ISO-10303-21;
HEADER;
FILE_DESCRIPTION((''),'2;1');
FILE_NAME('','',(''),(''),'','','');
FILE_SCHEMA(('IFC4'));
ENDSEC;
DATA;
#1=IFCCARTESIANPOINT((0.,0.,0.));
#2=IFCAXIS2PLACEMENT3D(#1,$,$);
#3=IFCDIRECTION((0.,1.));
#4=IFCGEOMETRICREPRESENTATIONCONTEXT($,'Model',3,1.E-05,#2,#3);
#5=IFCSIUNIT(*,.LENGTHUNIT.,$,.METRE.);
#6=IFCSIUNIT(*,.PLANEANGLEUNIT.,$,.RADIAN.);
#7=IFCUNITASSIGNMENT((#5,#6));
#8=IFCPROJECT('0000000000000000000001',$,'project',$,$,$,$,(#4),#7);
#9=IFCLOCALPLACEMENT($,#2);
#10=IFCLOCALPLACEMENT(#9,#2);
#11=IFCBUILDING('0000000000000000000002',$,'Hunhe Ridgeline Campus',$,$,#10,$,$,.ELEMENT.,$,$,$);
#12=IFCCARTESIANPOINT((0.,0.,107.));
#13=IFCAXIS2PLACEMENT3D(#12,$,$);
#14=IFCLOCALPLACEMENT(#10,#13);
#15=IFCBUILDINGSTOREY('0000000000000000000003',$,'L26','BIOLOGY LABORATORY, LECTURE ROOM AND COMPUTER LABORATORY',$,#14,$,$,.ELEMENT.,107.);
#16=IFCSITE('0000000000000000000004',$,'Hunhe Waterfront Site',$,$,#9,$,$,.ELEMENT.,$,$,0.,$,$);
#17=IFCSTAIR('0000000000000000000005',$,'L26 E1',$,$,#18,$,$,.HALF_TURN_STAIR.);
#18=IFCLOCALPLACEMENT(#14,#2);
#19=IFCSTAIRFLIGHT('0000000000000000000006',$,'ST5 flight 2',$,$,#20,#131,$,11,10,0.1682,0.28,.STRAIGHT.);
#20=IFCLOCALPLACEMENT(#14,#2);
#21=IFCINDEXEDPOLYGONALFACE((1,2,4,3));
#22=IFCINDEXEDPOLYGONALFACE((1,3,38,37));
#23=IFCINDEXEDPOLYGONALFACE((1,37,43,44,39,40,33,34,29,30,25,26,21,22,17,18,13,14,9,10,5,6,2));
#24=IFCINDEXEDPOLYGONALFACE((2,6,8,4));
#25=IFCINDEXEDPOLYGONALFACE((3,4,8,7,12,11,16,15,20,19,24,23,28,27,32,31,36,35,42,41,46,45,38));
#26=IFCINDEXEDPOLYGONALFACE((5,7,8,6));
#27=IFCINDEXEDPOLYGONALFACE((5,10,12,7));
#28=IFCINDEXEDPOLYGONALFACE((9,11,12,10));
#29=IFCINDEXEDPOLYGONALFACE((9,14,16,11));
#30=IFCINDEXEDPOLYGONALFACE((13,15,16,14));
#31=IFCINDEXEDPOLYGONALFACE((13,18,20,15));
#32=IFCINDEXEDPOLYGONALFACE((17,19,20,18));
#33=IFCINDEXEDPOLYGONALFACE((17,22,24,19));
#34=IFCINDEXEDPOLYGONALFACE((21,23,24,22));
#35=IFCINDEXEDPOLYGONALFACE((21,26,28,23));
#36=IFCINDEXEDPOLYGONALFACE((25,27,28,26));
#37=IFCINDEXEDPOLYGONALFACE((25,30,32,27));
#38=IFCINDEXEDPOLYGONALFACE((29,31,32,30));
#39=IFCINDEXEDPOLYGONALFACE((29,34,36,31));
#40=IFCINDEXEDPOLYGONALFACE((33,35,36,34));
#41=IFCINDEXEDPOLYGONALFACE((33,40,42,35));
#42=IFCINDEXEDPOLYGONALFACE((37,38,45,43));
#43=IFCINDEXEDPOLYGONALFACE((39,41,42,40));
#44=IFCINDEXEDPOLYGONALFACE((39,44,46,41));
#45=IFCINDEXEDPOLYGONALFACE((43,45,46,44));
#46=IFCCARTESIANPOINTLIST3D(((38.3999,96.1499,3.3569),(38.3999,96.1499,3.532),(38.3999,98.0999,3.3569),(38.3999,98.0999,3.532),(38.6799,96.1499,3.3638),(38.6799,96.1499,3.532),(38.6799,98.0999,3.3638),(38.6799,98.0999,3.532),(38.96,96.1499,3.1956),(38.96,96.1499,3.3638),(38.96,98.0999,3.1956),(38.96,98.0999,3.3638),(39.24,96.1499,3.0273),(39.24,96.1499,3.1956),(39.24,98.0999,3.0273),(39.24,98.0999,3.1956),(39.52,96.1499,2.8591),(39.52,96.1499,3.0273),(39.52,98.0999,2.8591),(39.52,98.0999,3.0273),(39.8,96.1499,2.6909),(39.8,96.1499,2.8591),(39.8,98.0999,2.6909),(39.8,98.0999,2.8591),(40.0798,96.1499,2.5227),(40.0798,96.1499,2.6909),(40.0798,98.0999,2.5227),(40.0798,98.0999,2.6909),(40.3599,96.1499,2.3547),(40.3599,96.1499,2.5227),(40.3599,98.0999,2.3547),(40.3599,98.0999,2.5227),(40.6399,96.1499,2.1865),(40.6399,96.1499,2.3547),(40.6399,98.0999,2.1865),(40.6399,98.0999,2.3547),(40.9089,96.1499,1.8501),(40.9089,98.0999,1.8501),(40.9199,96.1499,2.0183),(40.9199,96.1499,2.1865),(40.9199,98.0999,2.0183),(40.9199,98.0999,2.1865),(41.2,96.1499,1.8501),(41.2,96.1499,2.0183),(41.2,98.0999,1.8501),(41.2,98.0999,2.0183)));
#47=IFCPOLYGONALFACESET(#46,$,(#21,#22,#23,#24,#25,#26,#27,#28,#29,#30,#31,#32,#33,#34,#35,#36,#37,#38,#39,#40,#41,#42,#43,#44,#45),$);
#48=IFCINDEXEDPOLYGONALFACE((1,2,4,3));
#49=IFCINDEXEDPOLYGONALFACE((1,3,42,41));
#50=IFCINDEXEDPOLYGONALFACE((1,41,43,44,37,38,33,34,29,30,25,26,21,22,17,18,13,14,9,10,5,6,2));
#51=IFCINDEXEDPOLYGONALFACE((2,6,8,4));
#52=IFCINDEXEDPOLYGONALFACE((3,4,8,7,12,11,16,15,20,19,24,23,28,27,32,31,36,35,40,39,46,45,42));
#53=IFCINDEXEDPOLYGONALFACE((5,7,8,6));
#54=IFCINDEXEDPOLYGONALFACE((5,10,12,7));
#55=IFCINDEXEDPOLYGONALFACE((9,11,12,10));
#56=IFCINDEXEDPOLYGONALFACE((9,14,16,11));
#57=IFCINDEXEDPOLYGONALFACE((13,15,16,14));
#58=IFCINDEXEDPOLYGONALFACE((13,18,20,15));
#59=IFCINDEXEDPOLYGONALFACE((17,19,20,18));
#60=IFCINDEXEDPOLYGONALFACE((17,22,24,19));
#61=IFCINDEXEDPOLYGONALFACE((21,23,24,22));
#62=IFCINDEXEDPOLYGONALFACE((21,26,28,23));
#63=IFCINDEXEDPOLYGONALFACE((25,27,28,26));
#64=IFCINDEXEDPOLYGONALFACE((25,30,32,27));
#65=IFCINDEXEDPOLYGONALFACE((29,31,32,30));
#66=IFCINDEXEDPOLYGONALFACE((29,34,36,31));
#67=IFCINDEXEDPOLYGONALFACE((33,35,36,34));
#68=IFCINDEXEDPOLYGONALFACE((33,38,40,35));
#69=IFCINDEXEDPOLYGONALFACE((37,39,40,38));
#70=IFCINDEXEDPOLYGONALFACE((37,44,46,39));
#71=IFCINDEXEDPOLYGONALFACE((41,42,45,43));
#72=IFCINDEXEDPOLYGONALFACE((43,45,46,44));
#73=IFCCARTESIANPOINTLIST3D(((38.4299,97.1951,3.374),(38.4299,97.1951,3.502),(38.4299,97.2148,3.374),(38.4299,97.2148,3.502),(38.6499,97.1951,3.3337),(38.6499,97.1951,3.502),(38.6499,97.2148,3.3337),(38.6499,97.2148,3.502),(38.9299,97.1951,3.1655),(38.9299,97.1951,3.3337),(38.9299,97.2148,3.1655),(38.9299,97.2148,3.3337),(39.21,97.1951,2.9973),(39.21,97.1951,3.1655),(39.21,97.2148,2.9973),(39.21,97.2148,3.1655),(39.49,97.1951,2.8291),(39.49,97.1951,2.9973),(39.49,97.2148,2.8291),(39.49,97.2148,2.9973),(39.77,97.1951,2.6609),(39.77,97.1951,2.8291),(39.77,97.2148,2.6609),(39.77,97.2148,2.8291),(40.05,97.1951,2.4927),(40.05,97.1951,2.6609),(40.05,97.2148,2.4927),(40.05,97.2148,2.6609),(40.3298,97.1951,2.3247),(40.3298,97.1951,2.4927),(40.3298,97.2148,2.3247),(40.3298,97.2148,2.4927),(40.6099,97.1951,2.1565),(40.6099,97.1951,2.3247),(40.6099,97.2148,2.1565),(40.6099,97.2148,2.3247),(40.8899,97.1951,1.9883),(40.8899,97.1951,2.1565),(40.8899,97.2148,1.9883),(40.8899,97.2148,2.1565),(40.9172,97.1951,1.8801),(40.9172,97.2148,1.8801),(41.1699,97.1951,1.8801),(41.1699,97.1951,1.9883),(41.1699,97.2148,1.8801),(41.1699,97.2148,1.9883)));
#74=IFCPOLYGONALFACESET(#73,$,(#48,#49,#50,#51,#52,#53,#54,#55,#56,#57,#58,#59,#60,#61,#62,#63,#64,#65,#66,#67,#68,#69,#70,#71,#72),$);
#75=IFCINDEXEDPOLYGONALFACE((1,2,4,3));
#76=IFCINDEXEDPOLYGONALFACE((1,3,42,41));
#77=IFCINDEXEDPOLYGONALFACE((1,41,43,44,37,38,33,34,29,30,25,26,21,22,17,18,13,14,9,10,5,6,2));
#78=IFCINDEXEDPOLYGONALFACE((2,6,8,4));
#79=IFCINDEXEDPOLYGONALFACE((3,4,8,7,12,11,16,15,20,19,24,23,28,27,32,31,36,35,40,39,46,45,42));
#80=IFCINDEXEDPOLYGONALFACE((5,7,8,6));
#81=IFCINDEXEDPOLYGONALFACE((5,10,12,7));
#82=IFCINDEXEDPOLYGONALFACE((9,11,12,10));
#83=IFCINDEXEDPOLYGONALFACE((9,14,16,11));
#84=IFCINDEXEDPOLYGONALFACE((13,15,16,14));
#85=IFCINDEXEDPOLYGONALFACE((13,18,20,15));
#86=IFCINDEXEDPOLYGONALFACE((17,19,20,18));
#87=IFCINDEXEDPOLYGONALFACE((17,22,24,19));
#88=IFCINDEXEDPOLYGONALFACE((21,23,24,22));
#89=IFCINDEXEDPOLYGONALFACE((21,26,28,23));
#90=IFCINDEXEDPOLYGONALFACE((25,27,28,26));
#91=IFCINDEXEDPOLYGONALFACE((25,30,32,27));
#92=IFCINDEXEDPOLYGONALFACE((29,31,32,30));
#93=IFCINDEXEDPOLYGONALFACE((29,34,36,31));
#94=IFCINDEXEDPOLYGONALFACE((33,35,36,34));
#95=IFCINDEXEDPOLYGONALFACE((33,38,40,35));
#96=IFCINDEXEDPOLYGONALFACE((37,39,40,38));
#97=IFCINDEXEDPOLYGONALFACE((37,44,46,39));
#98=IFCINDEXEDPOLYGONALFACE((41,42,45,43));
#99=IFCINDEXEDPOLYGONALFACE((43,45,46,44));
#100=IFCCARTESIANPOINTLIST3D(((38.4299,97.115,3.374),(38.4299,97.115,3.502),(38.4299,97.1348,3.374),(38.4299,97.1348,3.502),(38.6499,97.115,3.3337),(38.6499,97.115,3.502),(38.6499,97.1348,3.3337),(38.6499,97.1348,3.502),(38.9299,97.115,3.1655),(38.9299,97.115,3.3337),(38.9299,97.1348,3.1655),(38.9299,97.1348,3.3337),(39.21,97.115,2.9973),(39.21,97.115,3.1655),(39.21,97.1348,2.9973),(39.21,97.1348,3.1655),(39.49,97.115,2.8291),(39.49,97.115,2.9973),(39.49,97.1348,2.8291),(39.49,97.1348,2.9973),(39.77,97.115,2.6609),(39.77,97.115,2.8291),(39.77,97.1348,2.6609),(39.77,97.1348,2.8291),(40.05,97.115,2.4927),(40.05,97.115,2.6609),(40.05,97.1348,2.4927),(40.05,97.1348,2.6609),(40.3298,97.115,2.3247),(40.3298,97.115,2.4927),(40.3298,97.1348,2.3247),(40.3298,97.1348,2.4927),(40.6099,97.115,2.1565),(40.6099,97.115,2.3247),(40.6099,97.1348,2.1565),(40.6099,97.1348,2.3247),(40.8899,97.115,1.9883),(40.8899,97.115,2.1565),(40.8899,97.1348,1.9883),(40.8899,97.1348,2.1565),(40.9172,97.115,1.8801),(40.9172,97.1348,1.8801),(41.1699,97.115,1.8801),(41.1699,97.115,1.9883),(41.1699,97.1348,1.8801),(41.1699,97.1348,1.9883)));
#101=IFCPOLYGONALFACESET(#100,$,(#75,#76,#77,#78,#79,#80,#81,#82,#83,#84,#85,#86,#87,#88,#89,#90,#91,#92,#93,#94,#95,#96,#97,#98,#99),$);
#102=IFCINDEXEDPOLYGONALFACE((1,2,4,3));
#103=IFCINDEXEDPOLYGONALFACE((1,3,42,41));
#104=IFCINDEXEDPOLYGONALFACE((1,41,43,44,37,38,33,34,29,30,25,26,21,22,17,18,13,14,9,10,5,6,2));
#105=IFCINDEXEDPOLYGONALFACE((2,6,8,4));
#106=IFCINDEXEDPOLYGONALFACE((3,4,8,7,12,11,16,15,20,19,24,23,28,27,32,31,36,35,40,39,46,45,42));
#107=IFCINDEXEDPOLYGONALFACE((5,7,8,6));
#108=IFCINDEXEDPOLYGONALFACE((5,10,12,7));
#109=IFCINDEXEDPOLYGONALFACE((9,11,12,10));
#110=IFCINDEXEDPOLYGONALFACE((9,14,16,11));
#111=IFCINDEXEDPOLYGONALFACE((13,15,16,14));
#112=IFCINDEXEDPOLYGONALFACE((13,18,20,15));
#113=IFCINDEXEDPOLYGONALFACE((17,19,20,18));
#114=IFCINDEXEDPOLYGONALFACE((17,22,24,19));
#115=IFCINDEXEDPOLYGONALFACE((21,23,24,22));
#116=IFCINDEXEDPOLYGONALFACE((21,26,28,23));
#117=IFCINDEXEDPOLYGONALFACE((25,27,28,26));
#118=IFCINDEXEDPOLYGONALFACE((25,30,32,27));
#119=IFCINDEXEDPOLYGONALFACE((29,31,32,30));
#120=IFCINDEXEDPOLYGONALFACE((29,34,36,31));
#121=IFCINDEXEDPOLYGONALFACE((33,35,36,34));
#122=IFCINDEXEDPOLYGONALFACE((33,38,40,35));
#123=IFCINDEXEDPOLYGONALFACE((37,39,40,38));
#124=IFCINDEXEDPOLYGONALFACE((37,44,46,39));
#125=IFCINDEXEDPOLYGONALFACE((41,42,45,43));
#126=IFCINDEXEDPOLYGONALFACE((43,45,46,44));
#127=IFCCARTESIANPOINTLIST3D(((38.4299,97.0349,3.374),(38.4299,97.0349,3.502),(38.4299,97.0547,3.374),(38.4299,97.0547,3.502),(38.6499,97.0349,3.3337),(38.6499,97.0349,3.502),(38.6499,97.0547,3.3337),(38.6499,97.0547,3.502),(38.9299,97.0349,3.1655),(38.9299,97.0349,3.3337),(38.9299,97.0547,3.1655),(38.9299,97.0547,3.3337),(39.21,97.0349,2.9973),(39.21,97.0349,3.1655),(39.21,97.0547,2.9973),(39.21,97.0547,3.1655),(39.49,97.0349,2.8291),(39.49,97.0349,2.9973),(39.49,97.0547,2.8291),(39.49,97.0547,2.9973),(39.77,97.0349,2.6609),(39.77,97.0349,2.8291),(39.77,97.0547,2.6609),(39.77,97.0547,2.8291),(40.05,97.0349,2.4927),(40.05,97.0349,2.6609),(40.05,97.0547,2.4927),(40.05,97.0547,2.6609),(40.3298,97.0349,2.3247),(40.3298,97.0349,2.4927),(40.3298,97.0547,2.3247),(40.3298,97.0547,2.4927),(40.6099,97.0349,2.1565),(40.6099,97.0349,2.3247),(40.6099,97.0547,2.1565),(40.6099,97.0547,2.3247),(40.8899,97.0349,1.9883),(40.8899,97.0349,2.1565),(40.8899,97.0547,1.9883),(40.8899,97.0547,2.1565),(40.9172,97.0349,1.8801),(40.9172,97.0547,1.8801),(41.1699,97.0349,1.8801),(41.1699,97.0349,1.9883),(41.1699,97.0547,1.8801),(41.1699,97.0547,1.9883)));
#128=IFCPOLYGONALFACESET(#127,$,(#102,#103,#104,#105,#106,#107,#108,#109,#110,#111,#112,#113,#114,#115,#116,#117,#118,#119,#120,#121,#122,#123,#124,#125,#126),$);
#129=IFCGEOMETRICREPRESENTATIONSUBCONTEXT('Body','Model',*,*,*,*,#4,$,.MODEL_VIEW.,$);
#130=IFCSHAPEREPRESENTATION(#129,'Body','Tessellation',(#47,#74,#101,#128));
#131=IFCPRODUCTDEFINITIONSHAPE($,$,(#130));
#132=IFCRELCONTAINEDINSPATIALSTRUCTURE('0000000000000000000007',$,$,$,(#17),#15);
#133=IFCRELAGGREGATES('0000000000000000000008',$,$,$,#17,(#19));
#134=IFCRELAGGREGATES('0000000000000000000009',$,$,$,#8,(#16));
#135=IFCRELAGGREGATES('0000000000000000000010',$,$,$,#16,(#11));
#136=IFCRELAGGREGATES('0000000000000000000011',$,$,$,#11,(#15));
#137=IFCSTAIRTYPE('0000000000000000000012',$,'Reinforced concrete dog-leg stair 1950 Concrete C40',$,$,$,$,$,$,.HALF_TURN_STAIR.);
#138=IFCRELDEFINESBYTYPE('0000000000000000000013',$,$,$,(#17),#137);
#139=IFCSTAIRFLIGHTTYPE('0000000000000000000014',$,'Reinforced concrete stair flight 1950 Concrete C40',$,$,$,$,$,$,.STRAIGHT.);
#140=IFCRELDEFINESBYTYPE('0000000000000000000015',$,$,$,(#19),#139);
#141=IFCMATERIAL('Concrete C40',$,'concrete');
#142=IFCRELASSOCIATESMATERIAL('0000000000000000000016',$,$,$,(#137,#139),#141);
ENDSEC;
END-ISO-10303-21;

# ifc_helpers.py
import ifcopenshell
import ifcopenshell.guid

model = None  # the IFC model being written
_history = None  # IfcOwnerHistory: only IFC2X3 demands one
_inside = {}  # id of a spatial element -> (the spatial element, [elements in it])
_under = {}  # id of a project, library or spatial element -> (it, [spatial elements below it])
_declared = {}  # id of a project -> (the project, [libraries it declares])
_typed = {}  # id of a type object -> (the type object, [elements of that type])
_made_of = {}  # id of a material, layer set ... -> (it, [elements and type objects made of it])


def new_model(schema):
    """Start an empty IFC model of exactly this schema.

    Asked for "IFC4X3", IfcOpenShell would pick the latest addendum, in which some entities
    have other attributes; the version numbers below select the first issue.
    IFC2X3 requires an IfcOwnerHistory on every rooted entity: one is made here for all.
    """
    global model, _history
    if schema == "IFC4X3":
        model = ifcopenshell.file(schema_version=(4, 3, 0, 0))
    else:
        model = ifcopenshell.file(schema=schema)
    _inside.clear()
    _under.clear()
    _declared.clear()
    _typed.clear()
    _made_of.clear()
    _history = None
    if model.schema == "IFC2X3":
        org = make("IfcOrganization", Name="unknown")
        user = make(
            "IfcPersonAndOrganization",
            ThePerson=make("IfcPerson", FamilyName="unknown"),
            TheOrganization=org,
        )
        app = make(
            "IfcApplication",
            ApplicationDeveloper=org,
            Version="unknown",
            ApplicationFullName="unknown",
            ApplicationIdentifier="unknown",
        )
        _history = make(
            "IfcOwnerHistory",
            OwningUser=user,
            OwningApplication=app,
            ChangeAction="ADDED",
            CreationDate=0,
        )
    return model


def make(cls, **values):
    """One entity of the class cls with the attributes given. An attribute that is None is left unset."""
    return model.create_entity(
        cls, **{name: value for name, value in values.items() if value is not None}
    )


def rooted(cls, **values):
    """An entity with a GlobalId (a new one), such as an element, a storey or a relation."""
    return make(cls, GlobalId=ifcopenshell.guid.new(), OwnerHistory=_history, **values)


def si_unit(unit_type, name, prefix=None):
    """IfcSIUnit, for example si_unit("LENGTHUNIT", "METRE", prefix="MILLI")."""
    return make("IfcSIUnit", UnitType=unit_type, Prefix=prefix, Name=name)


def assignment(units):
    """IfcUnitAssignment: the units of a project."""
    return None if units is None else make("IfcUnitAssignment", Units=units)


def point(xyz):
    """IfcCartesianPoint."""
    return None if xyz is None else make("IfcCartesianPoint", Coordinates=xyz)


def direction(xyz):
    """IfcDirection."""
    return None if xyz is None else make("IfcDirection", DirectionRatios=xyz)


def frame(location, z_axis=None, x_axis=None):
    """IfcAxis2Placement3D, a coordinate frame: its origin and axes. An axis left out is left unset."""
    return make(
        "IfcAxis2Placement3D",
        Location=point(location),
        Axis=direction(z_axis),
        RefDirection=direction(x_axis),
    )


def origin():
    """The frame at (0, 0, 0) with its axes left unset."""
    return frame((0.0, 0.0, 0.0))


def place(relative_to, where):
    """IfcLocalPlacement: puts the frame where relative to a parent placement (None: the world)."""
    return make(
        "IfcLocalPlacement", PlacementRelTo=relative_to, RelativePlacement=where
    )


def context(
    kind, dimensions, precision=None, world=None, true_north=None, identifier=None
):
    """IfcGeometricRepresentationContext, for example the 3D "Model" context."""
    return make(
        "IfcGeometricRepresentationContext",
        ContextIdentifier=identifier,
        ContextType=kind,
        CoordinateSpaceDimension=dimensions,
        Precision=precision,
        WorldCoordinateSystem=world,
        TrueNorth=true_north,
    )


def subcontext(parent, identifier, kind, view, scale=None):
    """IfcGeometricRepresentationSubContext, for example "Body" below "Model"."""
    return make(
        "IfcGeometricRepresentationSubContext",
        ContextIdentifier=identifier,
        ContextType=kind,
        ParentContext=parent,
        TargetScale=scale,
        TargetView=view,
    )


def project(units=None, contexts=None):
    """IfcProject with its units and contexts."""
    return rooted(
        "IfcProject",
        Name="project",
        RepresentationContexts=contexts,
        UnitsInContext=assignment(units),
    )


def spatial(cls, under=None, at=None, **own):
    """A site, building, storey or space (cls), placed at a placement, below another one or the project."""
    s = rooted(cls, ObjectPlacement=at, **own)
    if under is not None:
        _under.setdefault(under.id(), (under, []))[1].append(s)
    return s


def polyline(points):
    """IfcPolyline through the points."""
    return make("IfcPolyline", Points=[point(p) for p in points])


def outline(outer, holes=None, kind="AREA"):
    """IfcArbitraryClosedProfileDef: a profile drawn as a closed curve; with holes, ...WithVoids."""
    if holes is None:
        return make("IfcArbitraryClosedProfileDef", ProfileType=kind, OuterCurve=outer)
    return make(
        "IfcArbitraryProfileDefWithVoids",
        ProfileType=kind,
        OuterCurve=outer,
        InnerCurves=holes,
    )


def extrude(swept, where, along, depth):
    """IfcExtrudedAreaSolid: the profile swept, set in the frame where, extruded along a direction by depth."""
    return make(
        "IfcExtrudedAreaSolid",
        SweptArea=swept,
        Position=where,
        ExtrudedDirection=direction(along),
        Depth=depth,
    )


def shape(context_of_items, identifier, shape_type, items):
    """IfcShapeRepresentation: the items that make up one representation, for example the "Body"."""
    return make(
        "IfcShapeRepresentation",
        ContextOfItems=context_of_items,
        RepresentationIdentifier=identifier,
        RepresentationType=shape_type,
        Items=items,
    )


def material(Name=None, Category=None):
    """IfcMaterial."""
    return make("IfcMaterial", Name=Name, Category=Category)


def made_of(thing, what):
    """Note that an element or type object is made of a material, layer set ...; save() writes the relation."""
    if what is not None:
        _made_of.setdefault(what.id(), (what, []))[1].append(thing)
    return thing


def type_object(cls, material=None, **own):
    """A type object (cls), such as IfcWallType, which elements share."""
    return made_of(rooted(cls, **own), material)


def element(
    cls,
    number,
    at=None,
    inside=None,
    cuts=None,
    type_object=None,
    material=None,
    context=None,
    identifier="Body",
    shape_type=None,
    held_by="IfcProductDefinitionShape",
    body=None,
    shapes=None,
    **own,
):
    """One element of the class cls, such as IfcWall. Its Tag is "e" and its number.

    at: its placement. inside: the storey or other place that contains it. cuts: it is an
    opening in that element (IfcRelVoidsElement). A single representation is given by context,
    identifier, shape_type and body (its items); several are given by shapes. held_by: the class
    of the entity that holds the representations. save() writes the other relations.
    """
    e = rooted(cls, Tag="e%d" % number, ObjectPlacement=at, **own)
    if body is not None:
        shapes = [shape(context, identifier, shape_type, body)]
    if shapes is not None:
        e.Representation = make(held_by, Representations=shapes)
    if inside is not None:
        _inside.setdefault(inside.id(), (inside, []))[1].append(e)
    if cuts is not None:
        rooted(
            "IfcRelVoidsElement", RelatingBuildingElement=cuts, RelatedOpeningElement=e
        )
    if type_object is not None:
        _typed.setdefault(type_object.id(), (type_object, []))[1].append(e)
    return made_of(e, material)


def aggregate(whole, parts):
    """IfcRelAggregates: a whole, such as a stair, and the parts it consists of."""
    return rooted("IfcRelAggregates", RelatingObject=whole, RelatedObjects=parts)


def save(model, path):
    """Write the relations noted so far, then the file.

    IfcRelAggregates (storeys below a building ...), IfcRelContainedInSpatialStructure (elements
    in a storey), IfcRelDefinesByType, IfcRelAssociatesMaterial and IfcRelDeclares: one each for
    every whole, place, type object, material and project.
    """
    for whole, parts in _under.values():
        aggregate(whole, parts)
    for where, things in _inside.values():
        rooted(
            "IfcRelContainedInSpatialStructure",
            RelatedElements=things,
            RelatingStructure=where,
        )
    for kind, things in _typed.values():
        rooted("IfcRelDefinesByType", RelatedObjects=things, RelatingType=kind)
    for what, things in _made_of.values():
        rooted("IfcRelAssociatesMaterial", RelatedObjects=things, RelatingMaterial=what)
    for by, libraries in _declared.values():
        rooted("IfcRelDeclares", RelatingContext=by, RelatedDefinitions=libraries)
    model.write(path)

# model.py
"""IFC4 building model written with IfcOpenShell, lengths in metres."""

from ifc_helpers import new_model, si_unit, direction, frame, origin, place, context, subcontext, project, spatial, polyline, outline, extrude, material, type_object, element, aggregate, save


model = new_model("IFC4")

# Units and contexts
model_context = context("Model", 3, precision=1e-05, world=origin(), true_north=direction((0.0, 1.0)))
body_context = subcontext(model_context, "Body", "Model", "MODEL_VIEW")
ifc_project = project(units=[si_unit("LENGTHUNIT", "METRE"), si_unit("PLANEANGLEUNIT", "RADIAN")], contexts=[model_context])

# Site, building, storey
site_placement = place(None, origin())
site = spatial("IfcSite", under=ifc_project, at=site_placement, Name="Hunhe Waterfront Site", CompositionType="ELEMENT", RefElevation=0.0)
building_placement = place(site_placement, origin())
building = spatial("IfcBuilding", under=site, at=building_placement, Name="Hunhe Ridgeline Campus", CompositionType="ELEMENT")
storey_placement = place(building_placement, frame((0.0, 0.0, 107.0)))
storey = spatial("IfcBuildingStorey", under=building, at=storey_placement, Name="L26", Description="BIOLOGY LABORATORY, LECTURE ROOM AND COMPUTER LABORATORY", CompositionType="ELEMENT", Elevation=107.0)

# Shared definitions
ifc_material_1 = material(Name="Concrete C40", Category="concrete")
stair_type = type_object("IfcStairType", Name="Reinforced concrete dog-leg stair 1950 Concrete C40", PredefinedType="HALF_TURN_STAIR", material=ifc_material_1)
stair_flight_type = type_object("IfcStairFlightType", Name="Reinforced concrete stair flight 1950 Concrete C40", PredefinedType="STRAIGHT", material=ifc_material_1)

# Stair, stair flight
stair_1_placement = place(storey_placement, origin())
stair_1 = element("IfcStair", 1, at=stair_1_placement, inside=storey, type_object=stair_type, Name="L26 E1", PredefinedType="HALF_TURN_STAIR")
stair_flight_1_placement = place(storey_placement, frame((41.2, 97.125, 1.8501), z_axis=(0.0, 0.0, 1.0), x_axis=(-1.0, 0.0, 0.0)))
stair_flight_1 = element("IfcStairFlight", 2, at=stair_flight_1_placement, type_object=stair_flight_type, Name="ST5 flight 2", NumberOfRisers=11, NumberOfTreads=10, PredefinedType="STRAIGHT", RiserHeight=0.1682, TreadLength=0.28, context=body_context, shape_type="SweptSolid", body=[
    extrude(outline(polyline([(0.0, 0.0), (0.0, 0.1682), (0.28, 0.1682), (0.28, 0.3364), (0.5601, 0.3364), (0.5601, 0.5046), (0.8401, 0.5046), (0.8401, 0.6726), (1.1201, 0.6726), (1.1201, 0.8408), (1.3999, 0.8408), (1.3999, 1.009), (1.6799, 1.009), (1.6799, 1.1772), (1.96, 1.1772), (1.96, 1.3455), (2.24, 1.3455), (2.24, 1.5137), (2.52, 1.5137), (2.52, 1.6819), (2.8, 1.6819), (2.8, 1.8501), (2.8, 1.5068), (0.291, 0.0), (0.0, 0.0)])), frame((0.0, 0.9751, 0.0), z_axis=(0.0, -1.0, 0.0), x_axis=(1.0, 0.0, 0.0)), (0.0, 0.0, 1.0), 1.95),
    extrude(outline(polyline([(0.03, 0.03), (0.03, 0.1382), (0.3101, 0.1382), (0.3101, 0.3064), (0.5901, 0.3064), (0.5901, 0.4746), (0.8701, 0.4746), (0.8701, 0.6426), (1.1499, 0.6426), (1.1499, 0.8108), (1.4299, 0.8108), (1.4299, 0.979), (1.71, 0.979), (1.71, 1.1472), (1.99, 1.1472), (1.99, 1.3154), (2.27, 1.3154), (2.27, 1.4836), (2.55, 1.4836), (2.55, 1.6519), (2.77, 1.6519), (2.77, 1.5239), (0.2827, 0.03), (0.03, 0.03)])), frame((0.0, -0.0701, 0.0), z_axis=(0.0, -1.0, 0.0), x_axis=(1.0, 0.0, 0.0)), (0.0, 0.0, 1.0), 0.0198),
    extrude(outline(polyline([(0.03, 0.03), (0.03, 0.1382), (0.3101, 0.1382), (0.3101, 0.3064), (0.5901, 0.3064), (0.5901, 0.4746), (0.8701, 0.4746), (0.8701, 0.6426), (1.1499, 0.6426), (1.1499, 0.8108), (1.4299, 0.8108), (1.4299, 0.979), (1.71, 0.979), (1.71, 1.1472), (1.99, 1.1472), (1.99, 1.3154), (2.27, 1.3154), (2.27, 1.4836), (2.55, 1.4836), (2.55, 1.6519), (2.77, 1.6519), (2.77, 1.5239), (0.2827, 0.03), (0.03, 0.03)])), frame((0.0, 0.01, 0.0), z_axis=(0.0, -1.0, 0.0), x_axis=(1.0, 0.0, 0.0)), (0.0, 0.0, 1.0), 0.0198),
    extrude(outline(polyline([(0.03, 0.03), (0.03, 0.1382), (0.3101, 0.1382), (0.3101, 0.3064), (0.5901, 0.3064), (0.5901, 0.4746), (0.8701, 0.4746), (0.8701, 0.6426), (1.1499, 0.6426), (1.1499, 0.8108), (1.4299, 0.8108), (1.4299, 0.979), (1.71, 0.979), (1.71, 1.1472), (1.99, 1.1472), (1.99, 1.3154), (2.27, 1.3154), (2.27, 1.4836), (2.55, 1.4836), (2.55, 1.6519), (2.77, 1.6519), (2.77, 1.5239), (0.2827, 0.03), (0.03, 0.03)])), frame((0.0, 0.0901, 0.0), z_axis=(0.0, -1.0, 0.0), x_axis=(1.0, 0.0, 0.0)), (0.0, 0.0, 1.0), 0.0198),
])
aggregate(stair_1, [stair_flight_1])

save(model, "model.ifc")
